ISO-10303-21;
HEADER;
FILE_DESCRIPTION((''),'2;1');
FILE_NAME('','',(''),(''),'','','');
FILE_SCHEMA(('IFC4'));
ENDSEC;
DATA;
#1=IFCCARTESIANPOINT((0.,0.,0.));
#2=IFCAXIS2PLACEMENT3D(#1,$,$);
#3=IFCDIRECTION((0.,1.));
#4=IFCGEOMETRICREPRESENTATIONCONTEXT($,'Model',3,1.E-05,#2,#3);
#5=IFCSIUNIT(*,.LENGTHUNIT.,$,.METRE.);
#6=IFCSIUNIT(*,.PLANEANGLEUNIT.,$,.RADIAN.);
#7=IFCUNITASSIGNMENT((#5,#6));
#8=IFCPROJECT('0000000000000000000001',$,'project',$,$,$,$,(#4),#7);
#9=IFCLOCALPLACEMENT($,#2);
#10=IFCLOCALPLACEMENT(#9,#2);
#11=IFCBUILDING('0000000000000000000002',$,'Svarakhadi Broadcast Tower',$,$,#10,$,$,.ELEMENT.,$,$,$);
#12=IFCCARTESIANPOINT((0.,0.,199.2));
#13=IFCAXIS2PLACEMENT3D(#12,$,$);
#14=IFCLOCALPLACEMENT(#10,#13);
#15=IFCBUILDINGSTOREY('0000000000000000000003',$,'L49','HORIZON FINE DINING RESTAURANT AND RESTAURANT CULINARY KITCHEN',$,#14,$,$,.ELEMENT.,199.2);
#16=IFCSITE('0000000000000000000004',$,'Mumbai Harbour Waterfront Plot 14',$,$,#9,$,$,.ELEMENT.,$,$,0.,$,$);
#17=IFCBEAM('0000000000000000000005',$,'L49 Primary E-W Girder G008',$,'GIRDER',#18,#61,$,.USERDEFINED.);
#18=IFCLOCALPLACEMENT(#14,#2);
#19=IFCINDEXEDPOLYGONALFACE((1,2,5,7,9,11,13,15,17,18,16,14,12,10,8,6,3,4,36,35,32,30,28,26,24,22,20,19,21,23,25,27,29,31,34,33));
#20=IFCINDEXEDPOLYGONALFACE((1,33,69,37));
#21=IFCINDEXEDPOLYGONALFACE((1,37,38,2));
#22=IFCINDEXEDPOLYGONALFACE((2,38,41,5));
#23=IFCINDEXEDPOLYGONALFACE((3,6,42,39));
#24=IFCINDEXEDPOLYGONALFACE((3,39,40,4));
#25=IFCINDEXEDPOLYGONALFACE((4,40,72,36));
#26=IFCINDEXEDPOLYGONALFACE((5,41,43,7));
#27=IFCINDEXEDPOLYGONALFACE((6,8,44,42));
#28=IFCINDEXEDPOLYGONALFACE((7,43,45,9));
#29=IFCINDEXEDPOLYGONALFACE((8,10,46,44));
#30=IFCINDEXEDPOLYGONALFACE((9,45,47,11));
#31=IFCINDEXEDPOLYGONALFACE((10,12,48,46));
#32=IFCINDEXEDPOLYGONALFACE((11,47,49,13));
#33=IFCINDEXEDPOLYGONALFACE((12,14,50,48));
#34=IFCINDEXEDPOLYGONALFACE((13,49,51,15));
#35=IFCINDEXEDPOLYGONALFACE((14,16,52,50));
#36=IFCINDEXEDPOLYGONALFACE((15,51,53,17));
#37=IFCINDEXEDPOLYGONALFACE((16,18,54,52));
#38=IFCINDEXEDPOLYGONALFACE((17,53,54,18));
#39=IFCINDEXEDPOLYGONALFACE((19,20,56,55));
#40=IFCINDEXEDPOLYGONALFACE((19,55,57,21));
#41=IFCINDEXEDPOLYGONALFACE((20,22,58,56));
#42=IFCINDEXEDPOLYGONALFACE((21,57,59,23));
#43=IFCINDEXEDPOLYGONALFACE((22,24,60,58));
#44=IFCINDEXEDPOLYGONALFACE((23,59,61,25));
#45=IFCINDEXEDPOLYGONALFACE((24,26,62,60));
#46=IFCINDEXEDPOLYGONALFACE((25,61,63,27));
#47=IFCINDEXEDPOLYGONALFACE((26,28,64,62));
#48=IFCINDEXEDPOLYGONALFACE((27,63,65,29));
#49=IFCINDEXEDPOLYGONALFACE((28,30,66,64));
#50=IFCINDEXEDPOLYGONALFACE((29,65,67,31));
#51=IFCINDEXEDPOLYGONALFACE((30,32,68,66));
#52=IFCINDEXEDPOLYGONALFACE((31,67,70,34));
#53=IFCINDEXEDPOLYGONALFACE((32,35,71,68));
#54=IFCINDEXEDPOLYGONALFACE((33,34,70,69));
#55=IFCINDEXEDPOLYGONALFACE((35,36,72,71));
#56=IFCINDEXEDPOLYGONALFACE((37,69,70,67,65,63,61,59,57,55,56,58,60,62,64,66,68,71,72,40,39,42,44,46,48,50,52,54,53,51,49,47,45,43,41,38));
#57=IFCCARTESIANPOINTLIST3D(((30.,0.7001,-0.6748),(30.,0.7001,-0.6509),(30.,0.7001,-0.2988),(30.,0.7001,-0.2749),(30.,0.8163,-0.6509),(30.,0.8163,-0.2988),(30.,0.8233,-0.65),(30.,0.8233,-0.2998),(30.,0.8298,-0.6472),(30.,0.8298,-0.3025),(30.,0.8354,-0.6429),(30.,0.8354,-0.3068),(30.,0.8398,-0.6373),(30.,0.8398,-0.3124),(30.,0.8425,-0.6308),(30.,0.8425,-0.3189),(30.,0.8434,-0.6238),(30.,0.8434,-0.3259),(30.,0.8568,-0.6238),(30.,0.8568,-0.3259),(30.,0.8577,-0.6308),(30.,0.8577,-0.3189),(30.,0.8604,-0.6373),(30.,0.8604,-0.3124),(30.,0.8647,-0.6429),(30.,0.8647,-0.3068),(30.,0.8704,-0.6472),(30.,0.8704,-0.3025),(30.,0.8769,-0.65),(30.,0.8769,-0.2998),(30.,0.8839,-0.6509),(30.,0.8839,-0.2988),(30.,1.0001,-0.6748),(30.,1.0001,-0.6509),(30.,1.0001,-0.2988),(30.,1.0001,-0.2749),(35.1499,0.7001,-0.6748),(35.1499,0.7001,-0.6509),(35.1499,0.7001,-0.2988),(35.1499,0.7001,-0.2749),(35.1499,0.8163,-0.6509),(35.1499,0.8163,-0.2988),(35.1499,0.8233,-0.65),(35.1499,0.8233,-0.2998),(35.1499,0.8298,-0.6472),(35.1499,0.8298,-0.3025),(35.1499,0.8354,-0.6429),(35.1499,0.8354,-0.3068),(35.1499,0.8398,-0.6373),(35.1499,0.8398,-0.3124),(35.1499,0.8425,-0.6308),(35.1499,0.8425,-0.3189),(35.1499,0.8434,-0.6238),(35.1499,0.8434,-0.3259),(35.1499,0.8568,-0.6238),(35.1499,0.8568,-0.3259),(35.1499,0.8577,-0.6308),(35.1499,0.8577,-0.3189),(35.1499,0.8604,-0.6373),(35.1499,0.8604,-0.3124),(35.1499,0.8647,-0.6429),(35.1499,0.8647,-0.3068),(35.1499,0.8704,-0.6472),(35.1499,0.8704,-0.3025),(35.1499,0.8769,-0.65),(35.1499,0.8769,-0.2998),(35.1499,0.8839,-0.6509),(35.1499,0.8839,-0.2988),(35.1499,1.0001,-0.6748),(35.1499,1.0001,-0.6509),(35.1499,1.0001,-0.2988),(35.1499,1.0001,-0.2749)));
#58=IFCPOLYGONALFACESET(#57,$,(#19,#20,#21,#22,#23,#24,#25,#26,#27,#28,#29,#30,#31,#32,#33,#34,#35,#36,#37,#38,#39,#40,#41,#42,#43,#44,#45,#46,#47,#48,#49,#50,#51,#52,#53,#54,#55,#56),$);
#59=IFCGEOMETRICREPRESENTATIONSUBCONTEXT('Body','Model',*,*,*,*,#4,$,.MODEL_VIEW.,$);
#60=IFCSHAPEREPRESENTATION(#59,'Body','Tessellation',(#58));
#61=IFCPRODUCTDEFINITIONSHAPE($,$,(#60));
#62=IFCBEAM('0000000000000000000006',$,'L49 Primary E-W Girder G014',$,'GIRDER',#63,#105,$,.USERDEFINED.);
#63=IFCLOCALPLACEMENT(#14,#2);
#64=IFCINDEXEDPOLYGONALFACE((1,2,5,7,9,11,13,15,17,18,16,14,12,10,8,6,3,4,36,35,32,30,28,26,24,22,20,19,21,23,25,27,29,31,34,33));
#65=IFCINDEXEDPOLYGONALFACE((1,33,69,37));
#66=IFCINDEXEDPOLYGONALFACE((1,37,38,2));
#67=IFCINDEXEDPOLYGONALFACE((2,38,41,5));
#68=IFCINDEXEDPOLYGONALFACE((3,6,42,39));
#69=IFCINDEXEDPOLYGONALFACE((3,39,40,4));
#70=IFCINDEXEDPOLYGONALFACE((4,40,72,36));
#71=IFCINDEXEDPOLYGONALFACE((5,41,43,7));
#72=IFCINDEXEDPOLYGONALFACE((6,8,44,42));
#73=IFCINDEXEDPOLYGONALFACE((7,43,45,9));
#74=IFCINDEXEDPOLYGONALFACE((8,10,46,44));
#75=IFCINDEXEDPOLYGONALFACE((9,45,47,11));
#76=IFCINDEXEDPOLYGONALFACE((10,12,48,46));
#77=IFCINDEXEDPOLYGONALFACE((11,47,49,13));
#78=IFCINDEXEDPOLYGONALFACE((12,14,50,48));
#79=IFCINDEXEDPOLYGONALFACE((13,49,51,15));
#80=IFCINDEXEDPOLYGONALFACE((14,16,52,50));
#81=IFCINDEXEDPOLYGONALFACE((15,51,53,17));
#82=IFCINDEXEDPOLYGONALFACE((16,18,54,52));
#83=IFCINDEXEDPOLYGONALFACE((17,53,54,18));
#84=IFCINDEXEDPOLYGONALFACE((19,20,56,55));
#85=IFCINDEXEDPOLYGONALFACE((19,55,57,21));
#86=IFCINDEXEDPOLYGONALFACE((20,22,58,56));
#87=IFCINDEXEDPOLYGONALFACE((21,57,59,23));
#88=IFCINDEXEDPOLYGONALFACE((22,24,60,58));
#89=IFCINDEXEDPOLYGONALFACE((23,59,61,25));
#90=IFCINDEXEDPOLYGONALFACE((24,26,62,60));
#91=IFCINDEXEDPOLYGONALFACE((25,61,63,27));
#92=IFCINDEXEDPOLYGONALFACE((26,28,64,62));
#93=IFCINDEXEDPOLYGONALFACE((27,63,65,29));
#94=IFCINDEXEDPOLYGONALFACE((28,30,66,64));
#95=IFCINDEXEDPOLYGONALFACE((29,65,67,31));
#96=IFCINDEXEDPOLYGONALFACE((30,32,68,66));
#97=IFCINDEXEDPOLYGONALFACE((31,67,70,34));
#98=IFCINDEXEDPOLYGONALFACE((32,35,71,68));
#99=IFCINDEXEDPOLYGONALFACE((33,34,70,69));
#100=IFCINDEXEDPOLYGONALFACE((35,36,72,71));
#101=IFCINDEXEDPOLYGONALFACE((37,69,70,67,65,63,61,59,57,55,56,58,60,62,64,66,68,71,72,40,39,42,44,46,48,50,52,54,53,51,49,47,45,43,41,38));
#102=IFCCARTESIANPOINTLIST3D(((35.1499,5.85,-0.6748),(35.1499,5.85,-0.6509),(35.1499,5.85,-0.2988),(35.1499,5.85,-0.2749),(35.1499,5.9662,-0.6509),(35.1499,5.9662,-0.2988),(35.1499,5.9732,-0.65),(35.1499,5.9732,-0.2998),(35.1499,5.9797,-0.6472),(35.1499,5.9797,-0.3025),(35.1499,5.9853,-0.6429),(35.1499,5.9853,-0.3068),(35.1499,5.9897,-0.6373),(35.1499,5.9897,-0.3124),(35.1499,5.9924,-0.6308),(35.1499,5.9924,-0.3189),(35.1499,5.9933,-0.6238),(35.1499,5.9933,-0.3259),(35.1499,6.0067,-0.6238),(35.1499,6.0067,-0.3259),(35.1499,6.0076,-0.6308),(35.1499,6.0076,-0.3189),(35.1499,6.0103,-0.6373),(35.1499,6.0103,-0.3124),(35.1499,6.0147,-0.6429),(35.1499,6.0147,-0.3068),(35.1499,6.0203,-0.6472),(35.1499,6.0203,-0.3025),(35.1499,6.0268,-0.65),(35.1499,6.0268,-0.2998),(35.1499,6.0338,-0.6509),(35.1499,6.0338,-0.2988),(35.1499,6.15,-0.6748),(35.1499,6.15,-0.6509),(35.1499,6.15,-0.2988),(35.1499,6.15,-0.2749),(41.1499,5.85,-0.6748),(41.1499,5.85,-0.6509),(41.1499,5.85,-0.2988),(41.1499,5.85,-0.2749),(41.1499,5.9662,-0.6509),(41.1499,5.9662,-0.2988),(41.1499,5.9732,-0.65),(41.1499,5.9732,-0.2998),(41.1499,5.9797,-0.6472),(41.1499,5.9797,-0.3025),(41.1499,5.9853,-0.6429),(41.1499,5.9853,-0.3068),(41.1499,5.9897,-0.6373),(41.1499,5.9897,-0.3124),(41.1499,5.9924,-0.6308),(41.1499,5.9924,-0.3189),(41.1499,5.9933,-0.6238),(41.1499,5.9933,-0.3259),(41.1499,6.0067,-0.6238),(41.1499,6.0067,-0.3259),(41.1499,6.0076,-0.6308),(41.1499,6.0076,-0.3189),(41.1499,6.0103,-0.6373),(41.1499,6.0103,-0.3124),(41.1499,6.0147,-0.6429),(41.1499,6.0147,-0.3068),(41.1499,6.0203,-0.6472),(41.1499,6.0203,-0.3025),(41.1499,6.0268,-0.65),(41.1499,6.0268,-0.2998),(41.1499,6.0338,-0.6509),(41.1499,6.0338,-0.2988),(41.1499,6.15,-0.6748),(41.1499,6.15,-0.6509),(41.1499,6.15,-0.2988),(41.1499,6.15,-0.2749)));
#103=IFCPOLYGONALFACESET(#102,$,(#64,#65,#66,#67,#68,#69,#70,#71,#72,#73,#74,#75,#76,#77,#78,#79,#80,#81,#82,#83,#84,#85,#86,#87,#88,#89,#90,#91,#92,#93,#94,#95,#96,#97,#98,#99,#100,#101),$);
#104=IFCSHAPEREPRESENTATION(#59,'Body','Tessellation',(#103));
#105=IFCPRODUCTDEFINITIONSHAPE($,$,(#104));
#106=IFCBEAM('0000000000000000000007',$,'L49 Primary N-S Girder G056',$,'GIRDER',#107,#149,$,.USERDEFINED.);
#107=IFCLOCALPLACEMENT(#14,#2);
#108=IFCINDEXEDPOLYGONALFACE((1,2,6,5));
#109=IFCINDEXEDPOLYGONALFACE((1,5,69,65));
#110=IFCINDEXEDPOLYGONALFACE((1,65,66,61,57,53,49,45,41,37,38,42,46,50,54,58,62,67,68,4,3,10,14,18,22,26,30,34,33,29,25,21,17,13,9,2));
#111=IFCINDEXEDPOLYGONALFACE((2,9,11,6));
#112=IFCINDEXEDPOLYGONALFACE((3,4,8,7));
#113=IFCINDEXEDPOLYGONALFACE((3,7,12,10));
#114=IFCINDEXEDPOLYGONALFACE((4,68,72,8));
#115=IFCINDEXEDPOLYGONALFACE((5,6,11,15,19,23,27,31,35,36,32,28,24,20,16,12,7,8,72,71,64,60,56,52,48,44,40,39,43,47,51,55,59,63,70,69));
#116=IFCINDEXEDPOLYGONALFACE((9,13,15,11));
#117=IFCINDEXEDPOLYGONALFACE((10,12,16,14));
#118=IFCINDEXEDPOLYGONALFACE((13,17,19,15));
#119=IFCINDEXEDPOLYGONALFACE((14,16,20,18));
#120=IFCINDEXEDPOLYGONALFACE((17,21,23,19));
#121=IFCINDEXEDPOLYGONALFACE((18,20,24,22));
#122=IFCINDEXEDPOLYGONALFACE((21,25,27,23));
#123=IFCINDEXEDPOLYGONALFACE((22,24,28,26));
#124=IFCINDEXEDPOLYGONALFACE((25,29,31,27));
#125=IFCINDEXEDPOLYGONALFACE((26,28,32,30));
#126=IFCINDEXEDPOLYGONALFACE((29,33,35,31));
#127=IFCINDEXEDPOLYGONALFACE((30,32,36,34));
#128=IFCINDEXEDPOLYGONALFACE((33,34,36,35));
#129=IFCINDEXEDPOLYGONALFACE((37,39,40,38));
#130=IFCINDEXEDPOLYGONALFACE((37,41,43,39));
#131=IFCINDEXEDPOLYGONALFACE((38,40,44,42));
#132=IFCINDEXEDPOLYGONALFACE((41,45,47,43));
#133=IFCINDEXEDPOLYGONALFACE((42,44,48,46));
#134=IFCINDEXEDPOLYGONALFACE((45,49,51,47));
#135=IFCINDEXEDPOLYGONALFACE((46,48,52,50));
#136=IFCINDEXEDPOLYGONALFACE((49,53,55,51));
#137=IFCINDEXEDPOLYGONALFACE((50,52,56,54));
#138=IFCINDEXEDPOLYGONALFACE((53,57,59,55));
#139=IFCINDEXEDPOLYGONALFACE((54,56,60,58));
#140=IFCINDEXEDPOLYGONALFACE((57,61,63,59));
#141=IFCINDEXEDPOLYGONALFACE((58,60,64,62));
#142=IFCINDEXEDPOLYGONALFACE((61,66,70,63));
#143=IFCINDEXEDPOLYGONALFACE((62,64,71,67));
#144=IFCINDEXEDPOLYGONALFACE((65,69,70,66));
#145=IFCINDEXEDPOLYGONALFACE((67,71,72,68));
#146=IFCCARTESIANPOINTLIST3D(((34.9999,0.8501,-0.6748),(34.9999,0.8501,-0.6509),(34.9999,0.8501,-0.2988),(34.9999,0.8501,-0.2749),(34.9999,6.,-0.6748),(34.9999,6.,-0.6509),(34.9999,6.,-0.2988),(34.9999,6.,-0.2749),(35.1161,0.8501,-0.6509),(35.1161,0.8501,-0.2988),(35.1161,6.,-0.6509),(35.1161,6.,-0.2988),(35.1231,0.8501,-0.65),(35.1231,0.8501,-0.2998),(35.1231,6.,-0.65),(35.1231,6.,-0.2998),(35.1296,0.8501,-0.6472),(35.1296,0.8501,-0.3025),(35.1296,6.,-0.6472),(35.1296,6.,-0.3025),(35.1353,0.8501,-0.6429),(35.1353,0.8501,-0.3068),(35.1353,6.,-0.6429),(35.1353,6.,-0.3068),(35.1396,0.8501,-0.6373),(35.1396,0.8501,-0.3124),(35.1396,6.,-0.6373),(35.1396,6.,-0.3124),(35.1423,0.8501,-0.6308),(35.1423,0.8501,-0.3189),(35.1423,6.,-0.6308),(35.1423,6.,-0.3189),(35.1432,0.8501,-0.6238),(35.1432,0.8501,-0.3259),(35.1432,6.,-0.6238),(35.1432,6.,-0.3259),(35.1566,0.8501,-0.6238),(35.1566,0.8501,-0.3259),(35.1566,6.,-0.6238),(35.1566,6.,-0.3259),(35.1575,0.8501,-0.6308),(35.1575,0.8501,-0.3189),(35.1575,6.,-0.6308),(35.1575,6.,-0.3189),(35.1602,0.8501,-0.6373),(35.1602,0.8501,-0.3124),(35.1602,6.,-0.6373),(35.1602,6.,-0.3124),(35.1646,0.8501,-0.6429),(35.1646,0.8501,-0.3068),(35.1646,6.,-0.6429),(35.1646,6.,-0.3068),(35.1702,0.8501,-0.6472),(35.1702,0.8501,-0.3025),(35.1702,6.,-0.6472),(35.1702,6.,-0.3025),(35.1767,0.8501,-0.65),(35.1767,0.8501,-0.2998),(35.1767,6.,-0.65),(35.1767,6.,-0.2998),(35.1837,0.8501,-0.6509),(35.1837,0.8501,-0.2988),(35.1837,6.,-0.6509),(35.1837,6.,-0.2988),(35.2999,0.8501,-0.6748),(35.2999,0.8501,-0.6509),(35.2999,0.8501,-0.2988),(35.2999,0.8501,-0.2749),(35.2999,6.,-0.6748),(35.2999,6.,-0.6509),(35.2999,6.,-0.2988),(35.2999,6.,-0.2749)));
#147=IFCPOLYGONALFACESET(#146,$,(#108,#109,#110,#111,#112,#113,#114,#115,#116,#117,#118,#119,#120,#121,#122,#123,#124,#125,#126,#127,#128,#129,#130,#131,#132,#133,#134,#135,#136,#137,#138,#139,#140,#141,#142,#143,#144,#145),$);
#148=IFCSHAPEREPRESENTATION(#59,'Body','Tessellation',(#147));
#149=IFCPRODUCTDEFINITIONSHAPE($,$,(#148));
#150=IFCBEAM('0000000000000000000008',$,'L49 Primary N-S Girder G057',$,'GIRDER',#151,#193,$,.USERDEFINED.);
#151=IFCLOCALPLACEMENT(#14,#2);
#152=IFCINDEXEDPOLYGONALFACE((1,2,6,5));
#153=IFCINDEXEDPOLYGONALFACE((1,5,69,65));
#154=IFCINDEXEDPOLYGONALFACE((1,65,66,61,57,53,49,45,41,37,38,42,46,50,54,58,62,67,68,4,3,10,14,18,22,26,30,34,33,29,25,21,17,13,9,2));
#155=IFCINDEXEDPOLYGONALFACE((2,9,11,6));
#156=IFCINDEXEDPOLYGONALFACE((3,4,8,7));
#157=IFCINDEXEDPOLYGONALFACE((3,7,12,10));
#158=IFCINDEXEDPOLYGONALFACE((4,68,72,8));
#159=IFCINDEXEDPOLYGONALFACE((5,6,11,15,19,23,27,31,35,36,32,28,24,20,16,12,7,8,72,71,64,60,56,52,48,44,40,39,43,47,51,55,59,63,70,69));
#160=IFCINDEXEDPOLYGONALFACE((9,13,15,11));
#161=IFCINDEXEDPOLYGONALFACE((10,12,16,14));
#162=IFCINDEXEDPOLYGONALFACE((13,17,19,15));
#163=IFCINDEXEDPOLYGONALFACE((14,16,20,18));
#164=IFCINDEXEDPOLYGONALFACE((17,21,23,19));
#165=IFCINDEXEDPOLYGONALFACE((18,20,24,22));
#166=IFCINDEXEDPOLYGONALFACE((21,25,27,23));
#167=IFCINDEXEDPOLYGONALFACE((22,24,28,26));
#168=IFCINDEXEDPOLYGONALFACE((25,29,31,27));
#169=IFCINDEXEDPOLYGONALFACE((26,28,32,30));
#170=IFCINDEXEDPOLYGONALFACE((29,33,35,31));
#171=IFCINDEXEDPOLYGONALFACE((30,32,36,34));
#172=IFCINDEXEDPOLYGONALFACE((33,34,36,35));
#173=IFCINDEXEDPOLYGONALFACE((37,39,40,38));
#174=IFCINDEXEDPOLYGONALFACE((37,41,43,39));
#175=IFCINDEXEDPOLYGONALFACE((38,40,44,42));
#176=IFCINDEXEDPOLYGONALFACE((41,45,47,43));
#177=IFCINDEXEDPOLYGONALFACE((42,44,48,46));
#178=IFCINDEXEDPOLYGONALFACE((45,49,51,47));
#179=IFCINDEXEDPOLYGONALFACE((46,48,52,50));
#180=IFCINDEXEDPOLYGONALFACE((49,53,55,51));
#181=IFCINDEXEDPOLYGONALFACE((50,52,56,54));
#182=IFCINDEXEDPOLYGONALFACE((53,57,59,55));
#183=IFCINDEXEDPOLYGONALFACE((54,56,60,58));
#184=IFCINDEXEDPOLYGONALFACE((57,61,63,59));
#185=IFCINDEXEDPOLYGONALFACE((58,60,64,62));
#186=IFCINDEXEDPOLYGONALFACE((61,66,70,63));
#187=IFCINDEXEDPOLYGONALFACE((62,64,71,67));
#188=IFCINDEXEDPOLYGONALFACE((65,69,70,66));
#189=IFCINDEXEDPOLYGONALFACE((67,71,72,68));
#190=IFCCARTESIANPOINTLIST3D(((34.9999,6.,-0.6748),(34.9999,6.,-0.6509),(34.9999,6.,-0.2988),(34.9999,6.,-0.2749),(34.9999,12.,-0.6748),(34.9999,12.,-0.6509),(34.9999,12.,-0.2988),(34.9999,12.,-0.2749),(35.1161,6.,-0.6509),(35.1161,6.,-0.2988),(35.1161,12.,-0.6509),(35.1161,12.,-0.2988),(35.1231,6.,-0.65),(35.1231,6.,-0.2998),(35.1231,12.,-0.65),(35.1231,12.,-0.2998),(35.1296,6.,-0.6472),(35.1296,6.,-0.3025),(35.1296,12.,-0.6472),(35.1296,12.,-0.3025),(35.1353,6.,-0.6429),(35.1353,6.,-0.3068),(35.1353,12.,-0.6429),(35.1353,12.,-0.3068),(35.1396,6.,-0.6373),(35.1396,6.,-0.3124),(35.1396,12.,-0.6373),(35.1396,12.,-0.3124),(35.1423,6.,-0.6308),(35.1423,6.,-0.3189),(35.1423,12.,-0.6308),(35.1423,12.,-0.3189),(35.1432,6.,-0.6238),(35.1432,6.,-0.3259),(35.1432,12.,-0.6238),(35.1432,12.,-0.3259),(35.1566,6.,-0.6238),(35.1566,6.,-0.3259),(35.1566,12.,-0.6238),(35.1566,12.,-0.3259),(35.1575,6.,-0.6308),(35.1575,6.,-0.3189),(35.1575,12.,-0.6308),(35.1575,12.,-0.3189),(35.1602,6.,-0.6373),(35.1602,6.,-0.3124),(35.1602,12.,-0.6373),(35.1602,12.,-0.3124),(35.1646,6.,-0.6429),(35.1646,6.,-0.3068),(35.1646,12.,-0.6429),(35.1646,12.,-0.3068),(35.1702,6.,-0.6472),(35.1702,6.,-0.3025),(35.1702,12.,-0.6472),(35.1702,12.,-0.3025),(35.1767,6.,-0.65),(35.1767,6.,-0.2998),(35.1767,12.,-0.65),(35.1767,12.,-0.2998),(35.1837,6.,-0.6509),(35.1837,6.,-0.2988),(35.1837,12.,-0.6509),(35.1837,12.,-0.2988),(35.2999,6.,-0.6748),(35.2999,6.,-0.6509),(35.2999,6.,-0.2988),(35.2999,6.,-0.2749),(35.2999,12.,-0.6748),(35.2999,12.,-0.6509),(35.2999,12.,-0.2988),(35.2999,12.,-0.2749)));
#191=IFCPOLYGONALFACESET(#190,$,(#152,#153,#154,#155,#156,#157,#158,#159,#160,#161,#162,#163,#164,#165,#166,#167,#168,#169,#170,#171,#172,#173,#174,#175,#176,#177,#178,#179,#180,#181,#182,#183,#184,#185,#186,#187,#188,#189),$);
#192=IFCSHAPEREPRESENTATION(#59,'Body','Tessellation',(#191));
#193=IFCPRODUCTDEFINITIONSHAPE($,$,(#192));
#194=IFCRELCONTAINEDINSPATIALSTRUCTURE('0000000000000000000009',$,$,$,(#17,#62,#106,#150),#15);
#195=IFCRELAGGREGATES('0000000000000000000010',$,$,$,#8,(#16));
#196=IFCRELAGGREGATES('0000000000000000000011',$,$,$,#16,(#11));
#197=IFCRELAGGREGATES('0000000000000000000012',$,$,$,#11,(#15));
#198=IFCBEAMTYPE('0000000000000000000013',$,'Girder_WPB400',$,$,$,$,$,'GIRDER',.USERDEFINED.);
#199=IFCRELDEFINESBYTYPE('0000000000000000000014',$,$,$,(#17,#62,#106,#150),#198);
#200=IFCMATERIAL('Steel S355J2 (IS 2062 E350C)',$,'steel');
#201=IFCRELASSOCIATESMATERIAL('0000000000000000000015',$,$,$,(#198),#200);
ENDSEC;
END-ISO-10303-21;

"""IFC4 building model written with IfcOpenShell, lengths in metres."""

from ifc_helpers import new_model, si_unit, direction, frame, origin, origin_2d, place, context, subcontext, project, spatial, i_section, extrude, material, material_profile, profile_set, type_object, element, save


model = new_model("IFC4")

# Units and contexts
model_context = context("Model", 3, precision=1e-05, world=origin(), true_north=direction((0.0, 1.0)))
body_context = subcontext(model_context, "Body", "Model", "MODEL_VIEW")
ifc_project = project(units=[si_unit("LENGTHUNIT", "METRE"), si_unit("PLANEANGLEUNIT", "RADIAN")], contexts=[model_context])

# Site, building, storey
site_placement = place(None, origin())
site = spatial("IfcSite", under=ifc_project, at=site_placement, Name="Mumbai Harbour Waterfront Plot 14", CompositionType="ELEMENT", RefElevation=0.0)
building_placement = place(site_placement, origin())
building = spatial("IfcBuilding", under=site, at=building_placement, Name="Svarakhadi Broadcast Tower", CompositionType="ELEMENT")
storey_placement = place(building_placement, frame((0.0, 0.0, 199.2)))
storey = spatial("IfcBuildingStorey", under=building, at=storey_placement, Name="L49", Description="HORIZON FINE DINING RESTAURANT AND RESTAURANT CULINARY KITCHEN", CompositionType="ELEMENT", Elevation=199.2)

# Shared definitions
ifc_material_1 = material(Name="Steel S355J2 (IS 2062 E350C)", Category="steel")

# Beams
ifc_material_profile_1 = material_profile(ifc_material_1, i_section(OverallWidth=0.3, OverallDepth=0.3999, WebThickness=0.0134, FlangeThickness=0.0239, FilletRadius=0.0271, at=origin_2d()), Name="WPB 400x300x155")
ifc_profile_set_1 = profile_set([ifc_material_profile_1], Name="Steel S355J2 (IS 2062 E350C)")
beam_type_1 = type_object("IfcBeamType", Name="Girder_WPB400", ElementType="GIRDER", PredefinedType="USERDEFINED", material=ifc_profile_set_1)
beam_1_placement = place(storey_placement, frame((30.0, 0.8501, -0.4749), z_axis=(1.0, 0.0, 0.0), x_axis=(0.0, 1.0, 0.0)))
element("IfcBeam", 1, at=beam_1_placement, inside=storey, type_object=beam_type_1, Name="L49 Primary E-W Girder G008", ObjectType="GIRDER", PredefinedType="USERDEFINED", context=body_context, shape_type="SweptSolid", body=[
    extrude(i_section(OverallWidth=0.3, OverallDepth=0.3999, WebThickness=0.0134, FlangeThickness=0.0239, FilletRadius=0.0271, at=origin_2d()), origin(), (0.0, 0.0, 1.0), 5.1499),
])
beam_2_placement = place(storey_placement, frame((35.1499, 6.0, -0.4749), z_axis=(1.0, 0.0, 0.0), x_axis=(0.0, 1.0, 0.0)))
element("IfcBeam", 2, at=beam_2_placement, inside=storey, type_object=beam_type_1, Name="L49 Primary E-W Girder G014", ObjectType="GIRDER", PredefinedType="USERDEFINED", context=body_context, shape_type="SweptSolid", body=[
    extrude(i_section(OverallWidth=0.3, OverallDepth=0.3999, WebThickness=0.0134, FlangeThickness=0.0239, FilletRadius=0.0271, at=origin_2d()), origin(), (0.0, 0.0, 1.0), 6.0),
])
beam_3_placement = place(storey_placement, frame((35.1499, 0.8501, -0.4749), z_axis=(0.0, 1.0, 0.0), x_axis=(-1.0, 0.0, 0.0)))
element("IfcBeam", 3, at=beam_3_placement, inside=storey, type_object=beam_type_1, Name="L49 Primary N-S Girder G056", ObjectType="GIRDER", PredefinedType="USERDEFINED", context=body_context, shape_type="SweptSolid", body=[
    extrude(i_section(OverallWidth=0.3, OverallDepth=0.3999, WebThickness=0.0134, FlangeThickness=0.0239, FilletRadius=0.0271, at=origin_2d()), origin(), (0.0, 0.0, 1.0), 5.1499),
])
beam_4_placement = place(storey_placement, frame((35.1499, 6.0, -0.4749), z_axis=(0.0, 1.0, 0.0), x_axis=(-1.0, 0.0, 0.0)))
element("IfcBeam", 4, at=beam_4_placement, inside=storey, type_object=beam_type_1, Name="L49 Primary N-S Girder G057", ObjectType="GIRDER", PredefinedType="USERDEFINED", context=body_context, shape_type="SweptSolid", body=[
    extrude(i_section(OverallWidth=0.3, OverallDepth=0.3999, WebThickness=0.0134, FlangeThickness=0.0239, FilletRadius=0.0271, at=origin_2d()), origin(), (0.0, 0.0, 1.0), 6.0),
])

save(model, "model.ifc")
